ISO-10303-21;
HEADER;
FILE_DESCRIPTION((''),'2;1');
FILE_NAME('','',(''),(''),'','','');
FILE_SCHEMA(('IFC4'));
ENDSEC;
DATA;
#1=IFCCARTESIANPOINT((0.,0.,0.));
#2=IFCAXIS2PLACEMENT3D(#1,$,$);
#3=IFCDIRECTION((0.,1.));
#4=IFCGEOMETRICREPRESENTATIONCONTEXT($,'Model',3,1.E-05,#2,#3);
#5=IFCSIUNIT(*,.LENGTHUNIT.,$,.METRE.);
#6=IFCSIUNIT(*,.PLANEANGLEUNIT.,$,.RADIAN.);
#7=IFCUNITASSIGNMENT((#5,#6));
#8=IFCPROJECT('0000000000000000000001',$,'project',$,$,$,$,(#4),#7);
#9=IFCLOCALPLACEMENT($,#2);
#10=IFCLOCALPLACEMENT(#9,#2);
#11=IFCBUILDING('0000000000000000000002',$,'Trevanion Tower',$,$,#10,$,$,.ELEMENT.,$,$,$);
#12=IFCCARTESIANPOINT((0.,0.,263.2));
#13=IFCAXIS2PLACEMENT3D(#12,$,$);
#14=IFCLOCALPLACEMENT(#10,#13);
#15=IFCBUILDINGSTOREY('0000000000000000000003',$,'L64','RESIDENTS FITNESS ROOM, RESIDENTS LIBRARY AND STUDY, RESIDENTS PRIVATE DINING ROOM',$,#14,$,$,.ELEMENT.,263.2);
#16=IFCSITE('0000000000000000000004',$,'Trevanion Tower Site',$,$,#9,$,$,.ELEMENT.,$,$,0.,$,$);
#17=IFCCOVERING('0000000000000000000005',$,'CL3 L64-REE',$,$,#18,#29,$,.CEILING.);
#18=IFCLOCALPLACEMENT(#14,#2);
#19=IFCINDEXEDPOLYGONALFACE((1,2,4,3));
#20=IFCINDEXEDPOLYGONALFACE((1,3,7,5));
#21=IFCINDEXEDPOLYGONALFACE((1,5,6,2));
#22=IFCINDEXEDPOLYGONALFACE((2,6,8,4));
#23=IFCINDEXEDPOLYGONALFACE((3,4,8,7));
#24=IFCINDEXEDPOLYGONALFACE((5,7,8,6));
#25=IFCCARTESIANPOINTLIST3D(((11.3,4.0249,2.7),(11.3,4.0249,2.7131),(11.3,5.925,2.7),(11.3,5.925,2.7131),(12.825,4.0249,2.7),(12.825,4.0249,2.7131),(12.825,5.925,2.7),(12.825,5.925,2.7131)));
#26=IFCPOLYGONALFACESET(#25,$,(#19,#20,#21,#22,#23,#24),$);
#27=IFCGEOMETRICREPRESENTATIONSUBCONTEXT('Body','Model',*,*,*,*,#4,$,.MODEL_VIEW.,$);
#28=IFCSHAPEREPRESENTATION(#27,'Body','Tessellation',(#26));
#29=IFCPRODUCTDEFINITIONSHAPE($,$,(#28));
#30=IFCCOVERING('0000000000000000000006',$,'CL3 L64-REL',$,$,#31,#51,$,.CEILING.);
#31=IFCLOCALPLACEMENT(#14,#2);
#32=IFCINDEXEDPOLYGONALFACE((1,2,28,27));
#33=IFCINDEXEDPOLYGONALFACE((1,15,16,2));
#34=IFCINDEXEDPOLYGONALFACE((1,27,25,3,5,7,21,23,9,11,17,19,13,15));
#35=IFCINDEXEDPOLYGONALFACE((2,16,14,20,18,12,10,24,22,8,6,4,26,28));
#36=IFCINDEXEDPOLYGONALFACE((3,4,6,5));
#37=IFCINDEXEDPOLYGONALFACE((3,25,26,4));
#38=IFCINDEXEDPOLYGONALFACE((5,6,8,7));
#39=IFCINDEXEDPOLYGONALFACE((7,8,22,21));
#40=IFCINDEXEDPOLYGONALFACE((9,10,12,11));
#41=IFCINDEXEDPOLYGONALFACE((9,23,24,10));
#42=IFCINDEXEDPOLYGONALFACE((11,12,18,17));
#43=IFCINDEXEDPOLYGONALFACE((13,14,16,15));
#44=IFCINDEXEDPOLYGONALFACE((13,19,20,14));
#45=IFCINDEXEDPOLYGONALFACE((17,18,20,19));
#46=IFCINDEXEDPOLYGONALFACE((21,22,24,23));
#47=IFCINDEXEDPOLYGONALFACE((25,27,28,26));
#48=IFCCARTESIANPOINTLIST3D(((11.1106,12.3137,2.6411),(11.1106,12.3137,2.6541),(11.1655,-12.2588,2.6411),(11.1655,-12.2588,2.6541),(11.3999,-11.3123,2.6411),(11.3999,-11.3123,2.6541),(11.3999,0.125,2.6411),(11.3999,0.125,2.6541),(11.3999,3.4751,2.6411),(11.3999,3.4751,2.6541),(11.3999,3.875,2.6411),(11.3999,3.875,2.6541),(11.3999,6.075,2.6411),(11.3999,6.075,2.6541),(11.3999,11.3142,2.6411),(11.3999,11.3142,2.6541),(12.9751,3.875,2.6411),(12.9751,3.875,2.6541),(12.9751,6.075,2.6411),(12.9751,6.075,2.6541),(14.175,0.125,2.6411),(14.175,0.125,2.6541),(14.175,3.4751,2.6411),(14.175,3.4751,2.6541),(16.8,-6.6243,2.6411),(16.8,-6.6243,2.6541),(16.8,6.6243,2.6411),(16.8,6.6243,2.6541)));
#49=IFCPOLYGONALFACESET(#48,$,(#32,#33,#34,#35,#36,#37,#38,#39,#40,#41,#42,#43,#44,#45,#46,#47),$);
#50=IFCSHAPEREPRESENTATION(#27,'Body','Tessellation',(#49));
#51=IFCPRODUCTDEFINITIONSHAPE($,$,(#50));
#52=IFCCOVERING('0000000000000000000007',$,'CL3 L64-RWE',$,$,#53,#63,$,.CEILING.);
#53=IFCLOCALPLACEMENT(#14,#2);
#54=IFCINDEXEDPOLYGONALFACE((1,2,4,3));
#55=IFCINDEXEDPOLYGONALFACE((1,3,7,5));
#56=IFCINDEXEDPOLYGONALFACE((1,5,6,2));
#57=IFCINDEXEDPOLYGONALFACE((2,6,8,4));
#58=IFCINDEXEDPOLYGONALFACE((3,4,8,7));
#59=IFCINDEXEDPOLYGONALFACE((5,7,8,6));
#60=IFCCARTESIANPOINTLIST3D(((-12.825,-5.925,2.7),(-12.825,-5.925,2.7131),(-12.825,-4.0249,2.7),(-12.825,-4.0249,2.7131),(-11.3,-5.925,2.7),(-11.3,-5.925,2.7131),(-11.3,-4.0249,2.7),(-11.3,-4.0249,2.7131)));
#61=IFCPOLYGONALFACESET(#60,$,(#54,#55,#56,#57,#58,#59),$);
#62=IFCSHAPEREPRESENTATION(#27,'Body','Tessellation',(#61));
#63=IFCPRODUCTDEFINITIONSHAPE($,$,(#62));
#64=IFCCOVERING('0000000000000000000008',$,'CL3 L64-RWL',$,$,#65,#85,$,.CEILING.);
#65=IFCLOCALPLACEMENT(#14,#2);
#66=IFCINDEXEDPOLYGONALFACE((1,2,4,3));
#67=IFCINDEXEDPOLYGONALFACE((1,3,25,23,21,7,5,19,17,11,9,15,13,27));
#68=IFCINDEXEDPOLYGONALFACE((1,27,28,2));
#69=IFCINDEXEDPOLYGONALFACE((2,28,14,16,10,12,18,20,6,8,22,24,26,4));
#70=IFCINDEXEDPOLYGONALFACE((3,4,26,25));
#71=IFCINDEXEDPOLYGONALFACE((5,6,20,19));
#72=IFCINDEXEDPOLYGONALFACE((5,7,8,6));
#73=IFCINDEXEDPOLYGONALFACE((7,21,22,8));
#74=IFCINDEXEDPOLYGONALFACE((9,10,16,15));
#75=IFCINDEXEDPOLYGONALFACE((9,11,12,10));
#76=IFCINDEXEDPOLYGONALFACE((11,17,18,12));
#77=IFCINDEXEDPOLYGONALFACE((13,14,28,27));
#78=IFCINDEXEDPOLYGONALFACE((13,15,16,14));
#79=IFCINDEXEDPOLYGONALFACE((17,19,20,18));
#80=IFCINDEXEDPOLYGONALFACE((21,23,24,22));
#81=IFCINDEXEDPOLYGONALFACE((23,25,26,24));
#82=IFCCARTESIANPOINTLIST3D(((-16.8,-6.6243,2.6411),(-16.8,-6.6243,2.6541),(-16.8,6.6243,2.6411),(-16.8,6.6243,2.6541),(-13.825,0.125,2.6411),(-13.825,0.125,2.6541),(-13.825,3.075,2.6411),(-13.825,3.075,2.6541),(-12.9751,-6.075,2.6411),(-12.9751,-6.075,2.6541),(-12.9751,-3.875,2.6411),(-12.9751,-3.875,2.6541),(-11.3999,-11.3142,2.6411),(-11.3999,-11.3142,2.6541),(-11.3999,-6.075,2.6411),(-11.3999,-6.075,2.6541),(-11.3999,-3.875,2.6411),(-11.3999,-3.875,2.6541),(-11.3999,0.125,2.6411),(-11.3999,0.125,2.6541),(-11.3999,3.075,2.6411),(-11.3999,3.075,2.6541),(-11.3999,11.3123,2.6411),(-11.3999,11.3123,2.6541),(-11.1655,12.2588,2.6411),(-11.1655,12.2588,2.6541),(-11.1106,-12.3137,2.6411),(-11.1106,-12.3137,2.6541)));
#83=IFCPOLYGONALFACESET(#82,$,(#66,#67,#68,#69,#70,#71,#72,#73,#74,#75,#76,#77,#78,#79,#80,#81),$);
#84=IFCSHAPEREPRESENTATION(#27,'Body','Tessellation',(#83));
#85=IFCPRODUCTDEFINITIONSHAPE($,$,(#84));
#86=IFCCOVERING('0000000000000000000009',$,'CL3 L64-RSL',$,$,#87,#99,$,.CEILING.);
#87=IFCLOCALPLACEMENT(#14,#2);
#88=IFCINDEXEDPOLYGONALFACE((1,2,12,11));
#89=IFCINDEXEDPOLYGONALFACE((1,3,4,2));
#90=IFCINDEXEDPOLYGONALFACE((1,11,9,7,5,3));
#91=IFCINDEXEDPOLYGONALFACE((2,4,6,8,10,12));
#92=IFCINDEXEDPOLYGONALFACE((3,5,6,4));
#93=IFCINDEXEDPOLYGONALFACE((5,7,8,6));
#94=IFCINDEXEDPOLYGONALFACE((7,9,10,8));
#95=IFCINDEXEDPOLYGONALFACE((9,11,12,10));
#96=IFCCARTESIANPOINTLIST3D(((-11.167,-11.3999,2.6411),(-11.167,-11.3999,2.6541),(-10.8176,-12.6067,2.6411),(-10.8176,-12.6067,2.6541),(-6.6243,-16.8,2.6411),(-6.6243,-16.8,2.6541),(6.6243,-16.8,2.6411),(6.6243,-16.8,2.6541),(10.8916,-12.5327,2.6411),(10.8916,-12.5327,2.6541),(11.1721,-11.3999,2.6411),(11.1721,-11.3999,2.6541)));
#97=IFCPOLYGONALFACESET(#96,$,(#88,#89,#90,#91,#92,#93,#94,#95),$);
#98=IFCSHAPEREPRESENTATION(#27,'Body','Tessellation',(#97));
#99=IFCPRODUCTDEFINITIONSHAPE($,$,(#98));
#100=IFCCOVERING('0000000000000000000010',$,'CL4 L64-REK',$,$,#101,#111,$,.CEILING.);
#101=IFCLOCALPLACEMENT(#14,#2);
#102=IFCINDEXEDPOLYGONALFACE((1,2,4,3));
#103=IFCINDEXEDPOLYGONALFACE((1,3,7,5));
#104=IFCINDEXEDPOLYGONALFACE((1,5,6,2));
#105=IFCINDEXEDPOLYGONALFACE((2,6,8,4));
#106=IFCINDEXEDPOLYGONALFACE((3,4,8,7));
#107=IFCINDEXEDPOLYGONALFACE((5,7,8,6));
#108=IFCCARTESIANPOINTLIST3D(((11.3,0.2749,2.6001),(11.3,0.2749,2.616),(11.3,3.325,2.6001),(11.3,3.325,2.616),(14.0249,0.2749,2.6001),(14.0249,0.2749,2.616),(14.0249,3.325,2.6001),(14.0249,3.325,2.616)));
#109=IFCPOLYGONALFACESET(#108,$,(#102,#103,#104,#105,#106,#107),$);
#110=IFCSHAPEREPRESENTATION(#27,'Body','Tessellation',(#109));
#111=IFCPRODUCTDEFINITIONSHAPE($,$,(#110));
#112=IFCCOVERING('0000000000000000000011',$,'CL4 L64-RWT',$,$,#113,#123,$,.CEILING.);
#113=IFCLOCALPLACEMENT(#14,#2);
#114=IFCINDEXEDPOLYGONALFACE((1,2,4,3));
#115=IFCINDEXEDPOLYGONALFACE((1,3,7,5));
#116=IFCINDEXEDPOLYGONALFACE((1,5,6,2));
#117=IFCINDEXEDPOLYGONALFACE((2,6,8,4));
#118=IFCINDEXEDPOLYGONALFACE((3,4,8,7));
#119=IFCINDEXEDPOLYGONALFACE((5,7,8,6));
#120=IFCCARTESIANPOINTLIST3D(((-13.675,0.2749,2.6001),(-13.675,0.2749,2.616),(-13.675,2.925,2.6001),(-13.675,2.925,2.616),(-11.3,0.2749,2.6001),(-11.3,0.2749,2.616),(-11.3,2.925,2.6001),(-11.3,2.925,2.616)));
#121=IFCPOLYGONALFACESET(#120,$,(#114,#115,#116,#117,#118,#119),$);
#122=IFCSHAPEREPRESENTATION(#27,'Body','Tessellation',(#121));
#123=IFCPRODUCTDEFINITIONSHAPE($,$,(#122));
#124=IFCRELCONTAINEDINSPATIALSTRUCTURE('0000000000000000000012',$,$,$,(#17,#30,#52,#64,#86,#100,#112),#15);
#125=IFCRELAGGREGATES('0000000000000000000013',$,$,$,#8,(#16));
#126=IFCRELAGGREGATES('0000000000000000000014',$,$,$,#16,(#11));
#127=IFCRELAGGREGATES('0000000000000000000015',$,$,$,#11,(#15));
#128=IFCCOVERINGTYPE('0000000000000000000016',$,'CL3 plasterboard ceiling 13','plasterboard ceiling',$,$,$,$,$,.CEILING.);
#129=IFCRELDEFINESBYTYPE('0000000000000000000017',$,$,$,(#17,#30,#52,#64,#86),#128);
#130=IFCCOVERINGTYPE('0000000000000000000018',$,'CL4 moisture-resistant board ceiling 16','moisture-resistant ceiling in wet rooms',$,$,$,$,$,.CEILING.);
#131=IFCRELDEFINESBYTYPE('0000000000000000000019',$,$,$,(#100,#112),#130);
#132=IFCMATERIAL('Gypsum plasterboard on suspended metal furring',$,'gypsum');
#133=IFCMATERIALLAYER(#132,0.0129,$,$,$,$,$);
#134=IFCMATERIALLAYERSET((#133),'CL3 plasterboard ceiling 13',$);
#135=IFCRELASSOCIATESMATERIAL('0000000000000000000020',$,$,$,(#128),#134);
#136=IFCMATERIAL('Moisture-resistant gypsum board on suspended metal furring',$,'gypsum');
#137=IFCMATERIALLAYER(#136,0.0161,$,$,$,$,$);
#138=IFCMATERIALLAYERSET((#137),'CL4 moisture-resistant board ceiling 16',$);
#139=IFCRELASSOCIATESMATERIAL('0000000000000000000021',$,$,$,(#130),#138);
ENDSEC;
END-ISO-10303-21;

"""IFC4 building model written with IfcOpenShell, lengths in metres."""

from ifc_helpers import new_model, si_unit, direction, frame, origin, place, context, subcontext, project, spatial, polyline, outline, extrude, material, layer, layer_set, type_object, element, save


model = new_model("IFC4")

# Units and contexts
model_context = context("Model", 3, precision=1e-05, world=origin(), true_north=direction((0.0, 1.0)))
body_context = subcontext(model_context, "Body", "Model", "MODEL_VIEW")
ifc_project = project(units=[si_unit("LENGTHUNIT", "METRE"), si_unit("PLANEANGLEUNIT", "RADIAN")], contexts=[model_context])

# Site, building, storey
site_placement = place(None, origin())
site = spatial("IfcSite", under=ifc_project, at=site_placement, Name="Trevanion Tower Site", CompositionType="ELEMENT", RefElevation=0.0)
building_placement = place(site_placement, origin())
building = spatial("IfcBuilding", under=site, at=building_placement, Name="Trevanion Tower", CompositionType="ELEMENT")
storey_placement = place(building_placement, frame((0.0, 0.0, 263.2)))
storey = spatial("IfcBuildingStorey", under=building, at=storey_placement, Name="L64", Description="RESIDENTS FITNESS ROOM, RESIDENTS LIBRARY AND STUDY, RESIDENTS PRIVATE DINING ROOM", CompositionType="ELEMENT", Elevation=263.2)

# Coverings
ifc_material_1 = material(Name="Gypsum plasterboard on suspended metal furring", Category="gypsum")
ifc_layer_1 = layer(ifc_material_1, 0.0129)
ifc_layer_set_1 = layer_set([ifc_layer_1], Name="CL3 plasterboard ceiling 13")
covering_type_1 = type_object("IfcCoveringType", Name="CL3 plasterboard ceiling 13", Description="plasterboard ceiling", PredefinedType="CEILING", material=ifc_layer_set_1)
covering_1_placement = place(storey_placement, frame((0.0, 0.0, 2.7)))
element("IfcCovering", 1, at=covering_1_placement, inside=storey, type_object=covering_type_1, Name="CL3 L64-REE", PredefinedType="CEILING", context=body_context, shape_type="SweptSolid", body=[
    extrude(outline(polyline([(12.825, 4.0249), (12.825, 5.925), (11.3, 5.925), (11.3, 4.0249), (12.825, 4.0249)])), origin(), (0.0, 0.0, 1.0), 0.0132),
])
covering_2_placement = place(storey_placement, frame((0.0, 0.0, 2.6411)))
element("IfcCovering", 2, at=covering_2_placement, inside=storey, type_object=covering_type_1, Name="CL3 L64-REL", PredefinedType="CEILING", context=body_context, shape_type="SweptSolid", body=[
    extrude(outline(polyline([(16.8, -6.6243), (11.1655, -12.2588), (11.3999, -11.3123), (11.3999, 0.125), (14.175, 0.125), (14.175, 3.4751), (11.3999, 3.4751), (11.3999, 3.875), (12.9751, 3.875), (12.9751, 6.075), (11.3999, 6.075), (11.3999, 11.3142), (11.1106, 12.3137), (16.8, 6.6243), (16.8, -6.6243)])), origin(), (0.0, 0.0, 1.0), 0.0129),
])
covering_3_placement = place(storey_placement, frame((0.0, 0.0, 2.7)))
element("IfcCovering", 3, at=covering_3_placement, inside=storey, type_object=covering_type_1, Name="CL3 L64-RWE", PredefinedType="CEILING", context=body_context, shape_type="SweptSolid", body=[
    extrude(outline(polyline([(-12.825, -4.0249), (-12.825, -5.925), (-11.3, -5.925), (-11.3, -4.0249), (-12.825, -4.0249)])), origin(), (0.0, 0.0, 1.0), 0.0132),
])
covering_4_placement = place(storey_placement, frame((0.0, 0.0, 2.6411)))
element("IfcCovering", 4, at=covering_4_placement, inside=storey, type_object=covering_type_1, Name="CL3 L64-RWL", PredefinedType="CEILING", context=body_context, shape_type="SweptSolid", body=[
    extrude(outline(polyline([(-16.8, 6.6243), (-11.1655, 12.2588), (-11.3999, 11.3123), (-11.3999, 3.075), (-13.825, 3.075), (-13.825, 0.125), (-11.3999, 0.125), (-11.3999, -3.875), (-12.9751, -3.875), (-12.9751, -6.075), (-11.3999, -6.075), (-11.3999, -11.3142), (-11.1106, -12.3137), (-16.8, -6.6243), (-16.8, 6.6243)])), origin(), (0.0, 0.0, 1.0), 0.0129),
])
covering_5_placement = place(storey_placement, frame((0.0, 0.0, 2.6411)))
element("IfcCovering", 5, at=covering_5_placement, inside=storey, type_object=covering_type_1, Name="CL3 L64-RSL", PredefinedType="CEILING", context=body_context, shape_type="SweptSolid", body=[
    extrude(outline(polyline([(-6.6243, -16.8), (-10.8176, -12.6067), (-11.167, -11.3999), (11.1721, -11.3999), (10.8916, -12.5327), (6.6243, -16.8), (-6.6243, -16.8)])), origin(), (0.0, 0.0, 1.0), 0.0129),
])
ifc_material_2 = material(Name="Moisture-resistant gypsum board on suspended metal furring", Category="gypsum")
ifc_layer_2 = layer(ifc_material_2, 0.0161)
ifc_layer_set_2 = layer_set([ifc_layer_2], Name="CL4 moisture-resistant board ceiling 16")
covering_type_2 = type_object("IfcCoveringType", Name="CL4 moisture-resistant board ceiling 16", Description="moisture-resistant ceiling in wet rooms", PredefinedType="CEILING", material=ifc_layer_set_2)
covering_6_placement = place(storey_placement, frame((0.0, 0.0, 2.6001)))
element("IfcCovering", 6, at=covering_6_placement, inside=storey, type_object=covering_type_2, Name="CL4 L64-REK", PredefinedType="CEILING", context=body_context, shape_type="SweptSolid", body=[
    extrude(outline(polyline([(14.0249, 0.2749), (14.0249, 3.325), (11.3, 3.325), (11.3, 0.2749), (14.0249, 0.2749)])), origin(), (0.0, 0.0, 1.0), 0.0159),
])
covering_7_placement = place(storey_placement, frame((0.0, 0.0, 2.6001)))
element("IfcCovering", 7, at=covering_7_placement, inside=storey, type_object=covering_type_2, Name="CL4 L64-RWT", PredefinedType="CEILING", context=body_context, shape_type="SweptSolid", body=[
    extrude(outline(polyline([(-13.675, 2.925), (-13.675, 0.2749), (-11.3, 0.2749), (-11.3, 2.925), (-13.675, 2.925)])), origin(), (0.0, 0.0, 1.0), 0.0159),
])

save(model, "model.ifc")
